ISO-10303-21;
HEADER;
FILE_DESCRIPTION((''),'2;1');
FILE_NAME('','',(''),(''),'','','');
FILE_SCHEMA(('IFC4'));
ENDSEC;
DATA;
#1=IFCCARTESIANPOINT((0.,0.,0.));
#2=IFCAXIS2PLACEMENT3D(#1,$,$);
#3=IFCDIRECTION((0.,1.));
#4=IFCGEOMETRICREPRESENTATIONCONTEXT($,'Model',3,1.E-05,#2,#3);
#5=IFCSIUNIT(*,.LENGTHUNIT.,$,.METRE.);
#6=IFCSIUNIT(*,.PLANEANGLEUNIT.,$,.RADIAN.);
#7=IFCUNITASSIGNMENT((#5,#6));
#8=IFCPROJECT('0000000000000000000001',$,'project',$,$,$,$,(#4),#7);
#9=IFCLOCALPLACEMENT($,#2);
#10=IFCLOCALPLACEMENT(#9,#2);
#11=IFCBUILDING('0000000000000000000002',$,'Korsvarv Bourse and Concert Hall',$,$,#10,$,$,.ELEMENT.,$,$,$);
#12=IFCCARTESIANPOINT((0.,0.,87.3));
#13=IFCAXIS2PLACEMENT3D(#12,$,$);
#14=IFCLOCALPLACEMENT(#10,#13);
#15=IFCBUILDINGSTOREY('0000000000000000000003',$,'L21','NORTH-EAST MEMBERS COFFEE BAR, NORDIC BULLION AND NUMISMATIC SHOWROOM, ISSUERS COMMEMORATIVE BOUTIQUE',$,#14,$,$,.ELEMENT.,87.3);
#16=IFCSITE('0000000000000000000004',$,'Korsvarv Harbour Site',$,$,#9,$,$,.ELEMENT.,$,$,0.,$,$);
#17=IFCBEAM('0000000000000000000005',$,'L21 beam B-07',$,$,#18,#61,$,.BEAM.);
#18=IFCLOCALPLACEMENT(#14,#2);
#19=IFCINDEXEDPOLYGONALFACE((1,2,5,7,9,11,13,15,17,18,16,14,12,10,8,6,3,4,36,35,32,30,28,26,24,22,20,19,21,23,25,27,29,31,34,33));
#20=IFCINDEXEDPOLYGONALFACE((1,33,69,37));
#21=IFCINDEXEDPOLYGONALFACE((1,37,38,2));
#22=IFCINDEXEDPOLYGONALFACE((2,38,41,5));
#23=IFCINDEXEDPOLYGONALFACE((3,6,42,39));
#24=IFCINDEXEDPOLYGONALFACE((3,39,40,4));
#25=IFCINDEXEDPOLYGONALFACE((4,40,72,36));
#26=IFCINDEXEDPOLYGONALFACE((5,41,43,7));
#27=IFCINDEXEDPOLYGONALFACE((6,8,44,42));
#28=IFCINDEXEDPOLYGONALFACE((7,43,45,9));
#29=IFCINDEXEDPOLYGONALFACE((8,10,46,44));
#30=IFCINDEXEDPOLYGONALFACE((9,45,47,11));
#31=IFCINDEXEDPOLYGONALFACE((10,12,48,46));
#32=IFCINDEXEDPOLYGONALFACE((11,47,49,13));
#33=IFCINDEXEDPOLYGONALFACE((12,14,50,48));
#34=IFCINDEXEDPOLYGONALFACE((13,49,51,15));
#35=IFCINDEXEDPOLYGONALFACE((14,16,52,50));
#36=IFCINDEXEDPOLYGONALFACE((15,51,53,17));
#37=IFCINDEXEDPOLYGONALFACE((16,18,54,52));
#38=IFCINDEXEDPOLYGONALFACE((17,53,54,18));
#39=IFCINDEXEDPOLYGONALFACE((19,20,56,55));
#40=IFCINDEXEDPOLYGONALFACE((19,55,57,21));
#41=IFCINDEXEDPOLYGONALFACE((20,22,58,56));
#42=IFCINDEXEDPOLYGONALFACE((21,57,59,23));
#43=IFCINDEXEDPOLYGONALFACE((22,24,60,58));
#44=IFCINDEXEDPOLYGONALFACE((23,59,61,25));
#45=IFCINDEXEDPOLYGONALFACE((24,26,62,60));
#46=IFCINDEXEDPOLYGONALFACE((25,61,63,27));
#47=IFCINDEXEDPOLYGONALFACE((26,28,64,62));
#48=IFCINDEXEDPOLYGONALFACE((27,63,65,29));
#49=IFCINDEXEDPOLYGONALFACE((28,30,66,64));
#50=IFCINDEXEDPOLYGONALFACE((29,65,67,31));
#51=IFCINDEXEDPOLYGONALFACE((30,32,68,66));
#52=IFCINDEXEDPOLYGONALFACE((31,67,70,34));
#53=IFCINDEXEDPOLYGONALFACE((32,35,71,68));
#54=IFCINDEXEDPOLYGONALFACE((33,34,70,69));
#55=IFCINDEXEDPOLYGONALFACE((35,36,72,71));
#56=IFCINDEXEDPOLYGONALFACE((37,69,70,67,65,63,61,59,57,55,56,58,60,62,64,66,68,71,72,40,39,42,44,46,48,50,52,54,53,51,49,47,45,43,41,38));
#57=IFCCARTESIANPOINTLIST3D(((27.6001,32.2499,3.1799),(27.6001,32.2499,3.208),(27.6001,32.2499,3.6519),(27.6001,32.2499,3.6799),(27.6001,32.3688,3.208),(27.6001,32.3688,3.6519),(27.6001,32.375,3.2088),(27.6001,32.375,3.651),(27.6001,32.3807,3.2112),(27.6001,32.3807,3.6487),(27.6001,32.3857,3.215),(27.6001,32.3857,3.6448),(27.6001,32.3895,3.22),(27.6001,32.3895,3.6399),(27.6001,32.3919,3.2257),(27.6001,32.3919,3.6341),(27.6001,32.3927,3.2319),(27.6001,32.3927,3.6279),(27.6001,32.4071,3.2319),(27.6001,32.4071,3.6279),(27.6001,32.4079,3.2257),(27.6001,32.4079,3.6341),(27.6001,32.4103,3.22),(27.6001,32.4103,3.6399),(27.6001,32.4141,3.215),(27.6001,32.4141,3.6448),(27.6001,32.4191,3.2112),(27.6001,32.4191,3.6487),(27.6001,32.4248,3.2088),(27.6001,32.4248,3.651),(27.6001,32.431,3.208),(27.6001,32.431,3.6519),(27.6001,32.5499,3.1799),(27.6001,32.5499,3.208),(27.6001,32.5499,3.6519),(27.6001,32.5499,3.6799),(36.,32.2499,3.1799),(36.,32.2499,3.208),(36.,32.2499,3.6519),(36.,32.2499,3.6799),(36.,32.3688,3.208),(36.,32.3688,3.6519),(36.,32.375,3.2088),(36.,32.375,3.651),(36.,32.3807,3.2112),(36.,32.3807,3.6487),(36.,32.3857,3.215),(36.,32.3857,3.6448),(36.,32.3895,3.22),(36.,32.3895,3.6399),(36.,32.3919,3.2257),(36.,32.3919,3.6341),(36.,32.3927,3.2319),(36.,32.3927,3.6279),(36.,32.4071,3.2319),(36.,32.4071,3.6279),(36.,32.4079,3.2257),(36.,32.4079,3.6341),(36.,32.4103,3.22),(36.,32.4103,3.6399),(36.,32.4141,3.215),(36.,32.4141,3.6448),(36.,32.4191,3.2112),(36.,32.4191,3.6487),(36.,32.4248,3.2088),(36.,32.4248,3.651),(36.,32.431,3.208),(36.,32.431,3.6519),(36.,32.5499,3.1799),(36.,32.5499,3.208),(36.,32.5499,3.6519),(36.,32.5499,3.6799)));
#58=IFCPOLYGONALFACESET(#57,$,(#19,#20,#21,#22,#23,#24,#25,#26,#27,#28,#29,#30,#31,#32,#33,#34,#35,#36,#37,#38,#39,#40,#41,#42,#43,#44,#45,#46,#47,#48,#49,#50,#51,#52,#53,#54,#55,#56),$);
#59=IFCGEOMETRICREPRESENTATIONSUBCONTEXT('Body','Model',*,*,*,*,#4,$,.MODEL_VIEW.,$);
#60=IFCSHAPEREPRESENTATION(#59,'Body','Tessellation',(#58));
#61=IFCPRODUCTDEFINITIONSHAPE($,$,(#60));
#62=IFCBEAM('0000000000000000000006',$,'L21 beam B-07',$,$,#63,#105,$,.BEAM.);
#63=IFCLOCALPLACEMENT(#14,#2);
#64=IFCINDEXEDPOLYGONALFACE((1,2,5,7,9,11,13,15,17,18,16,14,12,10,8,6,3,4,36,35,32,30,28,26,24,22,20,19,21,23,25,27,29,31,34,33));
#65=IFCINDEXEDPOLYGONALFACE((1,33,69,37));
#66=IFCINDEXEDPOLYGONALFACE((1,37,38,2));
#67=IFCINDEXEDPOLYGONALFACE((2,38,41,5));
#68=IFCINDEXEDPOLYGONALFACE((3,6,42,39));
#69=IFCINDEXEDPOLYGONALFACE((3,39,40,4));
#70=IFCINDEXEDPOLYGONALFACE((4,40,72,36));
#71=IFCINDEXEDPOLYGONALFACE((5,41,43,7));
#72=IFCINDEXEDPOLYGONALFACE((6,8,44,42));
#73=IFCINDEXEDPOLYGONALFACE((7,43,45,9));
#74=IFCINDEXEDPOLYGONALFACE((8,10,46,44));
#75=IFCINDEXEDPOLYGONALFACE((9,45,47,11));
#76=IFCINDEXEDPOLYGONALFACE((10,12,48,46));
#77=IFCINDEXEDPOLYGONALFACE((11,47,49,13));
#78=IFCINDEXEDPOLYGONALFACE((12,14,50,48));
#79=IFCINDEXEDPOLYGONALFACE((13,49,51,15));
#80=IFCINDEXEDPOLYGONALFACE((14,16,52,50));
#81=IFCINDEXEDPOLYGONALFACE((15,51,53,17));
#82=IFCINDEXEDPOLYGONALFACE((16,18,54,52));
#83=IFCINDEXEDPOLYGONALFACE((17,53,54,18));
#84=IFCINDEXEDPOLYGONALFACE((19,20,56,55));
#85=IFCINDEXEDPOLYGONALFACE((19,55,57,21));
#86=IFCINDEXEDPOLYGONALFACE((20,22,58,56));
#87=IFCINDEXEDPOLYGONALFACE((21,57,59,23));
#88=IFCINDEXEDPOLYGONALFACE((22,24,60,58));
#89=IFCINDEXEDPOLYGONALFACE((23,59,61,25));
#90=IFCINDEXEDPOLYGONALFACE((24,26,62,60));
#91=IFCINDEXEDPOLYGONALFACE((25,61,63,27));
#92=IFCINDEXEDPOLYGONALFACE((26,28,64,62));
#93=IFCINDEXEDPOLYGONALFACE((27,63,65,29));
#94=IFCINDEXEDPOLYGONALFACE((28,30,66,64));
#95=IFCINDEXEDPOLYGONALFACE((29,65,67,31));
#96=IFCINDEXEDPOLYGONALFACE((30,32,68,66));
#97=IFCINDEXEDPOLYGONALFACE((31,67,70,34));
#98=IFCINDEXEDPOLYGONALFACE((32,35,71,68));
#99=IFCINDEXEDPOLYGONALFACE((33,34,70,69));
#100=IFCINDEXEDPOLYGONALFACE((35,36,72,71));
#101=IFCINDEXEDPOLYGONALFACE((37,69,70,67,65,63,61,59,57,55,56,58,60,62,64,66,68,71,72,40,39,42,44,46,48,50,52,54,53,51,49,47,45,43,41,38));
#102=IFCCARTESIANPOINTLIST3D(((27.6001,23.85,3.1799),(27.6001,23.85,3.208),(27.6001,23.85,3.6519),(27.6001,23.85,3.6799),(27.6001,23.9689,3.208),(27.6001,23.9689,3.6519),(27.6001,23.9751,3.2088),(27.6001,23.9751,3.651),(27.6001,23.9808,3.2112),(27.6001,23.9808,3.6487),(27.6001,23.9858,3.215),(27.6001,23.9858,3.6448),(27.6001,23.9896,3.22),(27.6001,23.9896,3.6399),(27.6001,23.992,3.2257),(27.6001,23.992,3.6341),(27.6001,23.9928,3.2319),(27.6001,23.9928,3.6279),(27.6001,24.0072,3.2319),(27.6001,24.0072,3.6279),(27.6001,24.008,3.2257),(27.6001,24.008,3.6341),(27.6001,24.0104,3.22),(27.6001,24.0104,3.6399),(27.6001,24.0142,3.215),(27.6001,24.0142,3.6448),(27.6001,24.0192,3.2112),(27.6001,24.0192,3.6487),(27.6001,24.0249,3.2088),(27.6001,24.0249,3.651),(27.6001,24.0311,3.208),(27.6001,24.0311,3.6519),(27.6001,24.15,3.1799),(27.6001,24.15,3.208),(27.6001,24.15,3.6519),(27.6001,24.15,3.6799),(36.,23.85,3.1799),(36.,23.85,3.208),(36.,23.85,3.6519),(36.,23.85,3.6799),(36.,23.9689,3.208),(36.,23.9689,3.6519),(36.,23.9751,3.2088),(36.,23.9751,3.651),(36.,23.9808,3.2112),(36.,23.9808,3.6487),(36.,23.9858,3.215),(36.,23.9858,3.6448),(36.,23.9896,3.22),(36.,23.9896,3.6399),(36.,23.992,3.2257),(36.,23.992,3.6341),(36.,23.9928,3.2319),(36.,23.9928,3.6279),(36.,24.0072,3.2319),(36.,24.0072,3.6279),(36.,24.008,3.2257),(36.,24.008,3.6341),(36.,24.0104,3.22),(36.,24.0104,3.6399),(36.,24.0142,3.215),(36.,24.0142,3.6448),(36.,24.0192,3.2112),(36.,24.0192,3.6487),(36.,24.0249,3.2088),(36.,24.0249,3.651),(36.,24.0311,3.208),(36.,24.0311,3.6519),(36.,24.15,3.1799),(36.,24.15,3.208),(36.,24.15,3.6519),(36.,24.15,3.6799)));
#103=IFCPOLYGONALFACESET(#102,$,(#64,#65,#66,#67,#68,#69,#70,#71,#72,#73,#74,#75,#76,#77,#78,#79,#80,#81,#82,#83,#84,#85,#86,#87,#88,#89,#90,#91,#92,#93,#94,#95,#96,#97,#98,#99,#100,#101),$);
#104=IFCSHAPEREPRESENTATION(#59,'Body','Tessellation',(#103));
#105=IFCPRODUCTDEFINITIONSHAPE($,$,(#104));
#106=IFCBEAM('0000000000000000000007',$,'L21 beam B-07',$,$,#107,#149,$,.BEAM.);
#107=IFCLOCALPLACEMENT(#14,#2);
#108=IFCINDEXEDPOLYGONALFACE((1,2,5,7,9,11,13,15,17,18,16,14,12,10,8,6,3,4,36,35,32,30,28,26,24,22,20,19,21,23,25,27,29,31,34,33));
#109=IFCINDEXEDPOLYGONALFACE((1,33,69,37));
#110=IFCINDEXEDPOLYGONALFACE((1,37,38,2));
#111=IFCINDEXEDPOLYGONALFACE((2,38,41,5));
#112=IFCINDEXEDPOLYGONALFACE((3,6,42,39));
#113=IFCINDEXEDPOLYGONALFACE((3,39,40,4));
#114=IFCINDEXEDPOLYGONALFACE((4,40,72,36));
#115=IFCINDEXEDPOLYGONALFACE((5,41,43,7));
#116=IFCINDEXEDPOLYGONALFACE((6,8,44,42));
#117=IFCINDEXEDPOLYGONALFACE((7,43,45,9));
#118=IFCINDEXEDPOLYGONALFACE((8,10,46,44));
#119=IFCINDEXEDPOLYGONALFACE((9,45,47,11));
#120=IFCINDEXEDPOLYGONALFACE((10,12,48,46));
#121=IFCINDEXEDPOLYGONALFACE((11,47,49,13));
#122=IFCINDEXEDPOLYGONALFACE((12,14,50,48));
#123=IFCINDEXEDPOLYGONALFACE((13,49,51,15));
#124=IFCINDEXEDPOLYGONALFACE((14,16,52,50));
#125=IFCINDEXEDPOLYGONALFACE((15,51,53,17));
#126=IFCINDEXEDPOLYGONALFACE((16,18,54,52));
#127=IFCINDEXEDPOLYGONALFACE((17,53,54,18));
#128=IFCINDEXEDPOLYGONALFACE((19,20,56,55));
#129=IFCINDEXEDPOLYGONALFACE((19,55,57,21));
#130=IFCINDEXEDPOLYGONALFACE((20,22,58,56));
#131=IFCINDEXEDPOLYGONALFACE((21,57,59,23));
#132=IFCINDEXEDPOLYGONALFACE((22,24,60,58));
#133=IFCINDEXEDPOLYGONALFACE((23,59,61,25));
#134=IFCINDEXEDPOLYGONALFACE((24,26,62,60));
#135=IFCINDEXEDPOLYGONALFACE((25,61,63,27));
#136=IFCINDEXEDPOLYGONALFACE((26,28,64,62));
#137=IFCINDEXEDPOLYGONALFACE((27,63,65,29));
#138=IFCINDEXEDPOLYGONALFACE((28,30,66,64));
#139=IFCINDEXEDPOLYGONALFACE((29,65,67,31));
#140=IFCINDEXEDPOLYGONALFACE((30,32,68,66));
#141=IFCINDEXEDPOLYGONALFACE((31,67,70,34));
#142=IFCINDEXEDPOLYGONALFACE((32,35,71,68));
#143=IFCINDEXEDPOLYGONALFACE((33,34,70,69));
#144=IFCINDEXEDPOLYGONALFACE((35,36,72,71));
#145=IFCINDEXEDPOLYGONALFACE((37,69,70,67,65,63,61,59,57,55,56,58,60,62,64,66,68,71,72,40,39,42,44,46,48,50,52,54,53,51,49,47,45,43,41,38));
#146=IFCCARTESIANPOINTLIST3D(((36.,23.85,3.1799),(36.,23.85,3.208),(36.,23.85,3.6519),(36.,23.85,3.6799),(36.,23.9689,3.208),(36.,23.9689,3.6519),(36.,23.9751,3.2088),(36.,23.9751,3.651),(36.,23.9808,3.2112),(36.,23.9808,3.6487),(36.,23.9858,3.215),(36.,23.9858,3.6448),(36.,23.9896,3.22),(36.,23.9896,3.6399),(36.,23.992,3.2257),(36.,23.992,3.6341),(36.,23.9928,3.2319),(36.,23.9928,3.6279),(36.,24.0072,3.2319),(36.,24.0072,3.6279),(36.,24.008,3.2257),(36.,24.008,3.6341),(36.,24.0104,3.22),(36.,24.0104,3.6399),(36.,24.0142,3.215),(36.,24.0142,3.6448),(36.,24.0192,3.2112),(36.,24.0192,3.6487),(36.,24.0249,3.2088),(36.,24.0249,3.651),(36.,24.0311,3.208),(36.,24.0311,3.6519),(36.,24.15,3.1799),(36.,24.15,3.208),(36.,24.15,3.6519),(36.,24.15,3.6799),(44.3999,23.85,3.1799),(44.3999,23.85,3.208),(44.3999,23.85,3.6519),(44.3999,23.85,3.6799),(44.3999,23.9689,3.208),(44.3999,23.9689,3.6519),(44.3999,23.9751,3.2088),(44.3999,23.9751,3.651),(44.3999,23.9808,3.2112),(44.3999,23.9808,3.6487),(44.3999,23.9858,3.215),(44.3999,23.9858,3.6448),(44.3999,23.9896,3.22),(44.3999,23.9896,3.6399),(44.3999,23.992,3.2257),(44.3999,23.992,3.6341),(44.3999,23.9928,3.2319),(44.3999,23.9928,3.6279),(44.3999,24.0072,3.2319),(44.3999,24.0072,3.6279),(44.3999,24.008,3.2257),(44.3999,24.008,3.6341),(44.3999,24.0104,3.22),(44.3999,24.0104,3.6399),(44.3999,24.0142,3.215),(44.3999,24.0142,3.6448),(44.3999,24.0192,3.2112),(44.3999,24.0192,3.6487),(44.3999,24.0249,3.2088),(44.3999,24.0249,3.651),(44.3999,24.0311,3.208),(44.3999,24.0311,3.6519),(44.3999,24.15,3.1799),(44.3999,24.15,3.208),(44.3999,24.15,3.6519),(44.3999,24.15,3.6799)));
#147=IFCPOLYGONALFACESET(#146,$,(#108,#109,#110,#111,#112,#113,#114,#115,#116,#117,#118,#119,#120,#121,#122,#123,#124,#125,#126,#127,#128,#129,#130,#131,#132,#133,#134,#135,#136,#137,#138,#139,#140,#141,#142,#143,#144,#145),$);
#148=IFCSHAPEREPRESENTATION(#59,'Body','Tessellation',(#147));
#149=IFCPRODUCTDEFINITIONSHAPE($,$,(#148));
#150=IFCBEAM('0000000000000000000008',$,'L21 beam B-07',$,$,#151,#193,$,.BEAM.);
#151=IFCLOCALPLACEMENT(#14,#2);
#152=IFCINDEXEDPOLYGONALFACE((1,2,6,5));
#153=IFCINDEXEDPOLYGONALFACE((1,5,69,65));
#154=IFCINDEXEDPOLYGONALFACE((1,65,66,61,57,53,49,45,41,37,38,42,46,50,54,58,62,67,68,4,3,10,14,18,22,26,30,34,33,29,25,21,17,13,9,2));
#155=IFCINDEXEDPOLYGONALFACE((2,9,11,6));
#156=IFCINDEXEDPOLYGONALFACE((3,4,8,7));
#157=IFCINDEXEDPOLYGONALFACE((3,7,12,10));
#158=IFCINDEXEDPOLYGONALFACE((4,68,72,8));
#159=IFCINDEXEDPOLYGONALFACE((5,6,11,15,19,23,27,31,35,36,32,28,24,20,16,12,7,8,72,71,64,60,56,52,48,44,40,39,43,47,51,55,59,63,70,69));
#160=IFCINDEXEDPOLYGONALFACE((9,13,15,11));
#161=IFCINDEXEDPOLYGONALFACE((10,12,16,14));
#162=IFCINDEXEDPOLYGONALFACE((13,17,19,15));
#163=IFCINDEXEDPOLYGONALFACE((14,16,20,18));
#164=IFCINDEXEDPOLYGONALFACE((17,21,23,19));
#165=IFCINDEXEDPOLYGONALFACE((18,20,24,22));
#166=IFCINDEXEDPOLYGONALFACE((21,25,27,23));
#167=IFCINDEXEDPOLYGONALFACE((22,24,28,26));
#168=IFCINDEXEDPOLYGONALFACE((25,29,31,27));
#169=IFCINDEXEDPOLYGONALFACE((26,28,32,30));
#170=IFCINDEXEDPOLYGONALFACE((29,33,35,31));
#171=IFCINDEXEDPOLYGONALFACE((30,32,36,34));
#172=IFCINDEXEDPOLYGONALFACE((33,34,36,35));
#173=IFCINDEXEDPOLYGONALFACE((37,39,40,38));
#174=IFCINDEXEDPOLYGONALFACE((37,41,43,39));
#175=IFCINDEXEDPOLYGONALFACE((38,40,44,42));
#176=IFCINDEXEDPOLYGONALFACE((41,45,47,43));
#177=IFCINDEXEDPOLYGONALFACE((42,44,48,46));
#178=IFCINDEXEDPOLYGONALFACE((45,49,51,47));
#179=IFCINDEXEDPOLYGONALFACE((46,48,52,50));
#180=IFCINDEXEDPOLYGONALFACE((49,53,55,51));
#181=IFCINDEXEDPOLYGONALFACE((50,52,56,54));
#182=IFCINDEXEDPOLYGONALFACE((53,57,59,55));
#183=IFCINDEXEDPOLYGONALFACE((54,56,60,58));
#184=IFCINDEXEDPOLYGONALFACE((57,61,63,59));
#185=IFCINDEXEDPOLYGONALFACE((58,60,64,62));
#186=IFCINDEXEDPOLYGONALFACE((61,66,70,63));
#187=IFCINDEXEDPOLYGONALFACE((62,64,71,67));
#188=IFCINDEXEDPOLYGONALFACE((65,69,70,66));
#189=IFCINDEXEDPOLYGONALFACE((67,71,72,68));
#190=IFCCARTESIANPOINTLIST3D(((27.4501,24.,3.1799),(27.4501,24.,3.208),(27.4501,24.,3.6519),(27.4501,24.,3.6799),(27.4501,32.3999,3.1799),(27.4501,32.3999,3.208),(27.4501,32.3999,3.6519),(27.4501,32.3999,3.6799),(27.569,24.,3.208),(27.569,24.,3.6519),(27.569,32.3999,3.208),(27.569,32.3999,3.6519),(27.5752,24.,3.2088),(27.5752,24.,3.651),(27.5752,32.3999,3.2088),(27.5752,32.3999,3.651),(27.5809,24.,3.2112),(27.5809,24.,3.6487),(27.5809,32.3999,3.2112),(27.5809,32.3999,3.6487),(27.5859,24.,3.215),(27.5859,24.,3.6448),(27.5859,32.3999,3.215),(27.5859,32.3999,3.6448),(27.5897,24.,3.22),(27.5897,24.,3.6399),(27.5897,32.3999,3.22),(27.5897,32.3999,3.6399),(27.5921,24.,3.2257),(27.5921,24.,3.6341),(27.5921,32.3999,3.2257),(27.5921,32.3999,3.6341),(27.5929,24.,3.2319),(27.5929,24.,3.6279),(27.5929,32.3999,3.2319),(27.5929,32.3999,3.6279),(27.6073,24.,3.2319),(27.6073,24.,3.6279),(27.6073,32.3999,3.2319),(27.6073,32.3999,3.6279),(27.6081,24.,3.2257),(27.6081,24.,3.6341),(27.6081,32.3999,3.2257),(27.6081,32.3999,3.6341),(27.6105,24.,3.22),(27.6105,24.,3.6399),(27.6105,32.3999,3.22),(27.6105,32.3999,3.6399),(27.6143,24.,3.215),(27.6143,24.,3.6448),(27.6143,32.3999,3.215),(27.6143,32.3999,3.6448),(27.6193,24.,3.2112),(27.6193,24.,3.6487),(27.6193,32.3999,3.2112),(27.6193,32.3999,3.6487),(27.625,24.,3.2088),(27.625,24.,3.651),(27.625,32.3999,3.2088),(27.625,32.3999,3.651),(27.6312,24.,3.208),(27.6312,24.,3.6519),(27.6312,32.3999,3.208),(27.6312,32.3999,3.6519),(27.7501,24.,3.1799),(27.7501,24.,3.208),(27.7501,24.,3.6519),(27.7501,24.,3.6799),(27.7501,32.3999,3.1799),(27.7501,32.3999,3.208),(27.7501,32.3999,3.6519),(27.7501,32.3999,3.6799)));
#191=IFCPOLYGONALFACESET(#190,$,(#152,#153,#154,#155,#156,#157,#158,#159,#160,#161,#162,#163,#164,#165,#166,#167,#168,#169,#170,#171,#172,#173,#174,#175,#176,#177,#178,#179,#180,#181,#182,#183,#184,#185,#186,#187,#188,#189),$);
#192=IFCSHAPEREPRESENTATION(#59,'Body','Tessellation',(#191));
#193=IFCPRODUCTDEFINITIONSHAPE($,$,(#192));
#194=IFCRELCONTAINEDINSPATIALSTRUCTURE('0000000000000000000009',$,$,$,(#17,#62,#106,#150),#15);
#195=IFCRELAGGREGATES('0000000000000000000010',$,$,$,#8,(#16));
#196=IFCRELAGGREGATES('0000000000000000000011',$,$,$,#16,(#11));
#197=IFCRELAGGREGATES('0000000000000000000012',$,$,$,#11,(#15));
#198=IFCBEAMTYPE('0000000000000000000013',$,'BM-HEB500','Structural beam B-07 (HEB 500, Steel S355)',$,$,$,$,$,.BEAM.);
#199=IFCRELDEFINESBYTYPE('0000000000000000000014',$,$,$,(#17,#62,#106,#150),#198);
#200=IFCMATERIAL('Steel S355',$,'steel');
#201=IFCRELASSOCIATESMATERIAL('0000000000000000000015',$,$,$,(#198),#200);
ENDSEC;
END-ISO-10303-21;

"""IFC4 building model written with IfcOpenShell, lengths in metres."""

from ifc_helpers import new_model, si_unit, direction, frame, origin, origin_2d, place, context, subcontext, project, spatial, i_section, extrude, source, transform, mapped, material, material_profile, profile_set, type_object, element, save


model = new_model("IFC4")

# Units and contexts
model_context = context("Model", 3, precision=1e-05, world=origin(), true_north=direction((0.0, 1.0)))
body_context = subcontext(model_context, "Body", "Model", "MODEL_VIEW")
ifc_project = project(units=[si_unit("LENGTHUNIT", "METRE"), si_unit("PLANEANGLEUNIT", "RADIAN")], contexts=[model_context])

# Site, building, storey
site_placement = place(None, origin())
site = spatial("IfcSite", under=ifc_project, at=site_placement, Name="Korsvarv Harbour Site", CompositionType="ELEMENT", RefElevation=0.0)
building_placement = place(site_placement, origin())
building = spatial("IfcBuilding", under=site, at=building_placement, Name="Korsvarv Bourse and Concert Hall", CompositionType="ELEMENT")
storey_placement = place(building_placement, frame((0.0, 0.0, 87.3)))
storey = spatial("IfcBuildingStorey", under=building, at=storey_placement, Name="L21", Description="NORTH-EAST MEMBERS COFFEE BAR, NORDIC BULLION AND NUMISMATIC SHOWROOM, ISSUERS COMMEMORATIVE BOUTIQUE", CompositionType="ELEMENT", Elevation=87.3)

# Beams
ifc_material_1 = material(Name="Steel S355", Category="steel")
ifc_material_profile_1 = material_profile(ifc_material_1, i_section(OverallWidth=0.3, OverallDepth=0.5, WebThickness=0.0144, FlangeThickness=0.0281, FilletRadius=0.0239, at=origin_2d()), Name="HEB 500")
ifc_profile_set_1 = profile_set([ifc_material_profile_1], Name="Steel S355")
beam_type_1 = type_object("IfcBeamType", Name="BM-HEB500", Description="Structural beam B-07 (HEB 500, Steel S355)", PredefinedType="BEAM", material=ifc_profile_set_1)
shared_shape_1 = source(origin(), body_context, "Body", "SweptSolid", [
    extrude(i_section(OverallWidth=0.3, OverallDepth=0.5, WebThickness=0.0144, FlangeThickness=0.0281, FilletRadius=0.0239, at=origin_2d()), origin(), (0.0, 0.0, 1.0), 8.3999),
])
for number, where, z_axis, x_axis, name in (
    (1, (27.6001, 32.3999, 3.4299), (1.0, 0.0, 0.0), (0.0, 1.0, 0.0), "L21 beam B-07"),
    (2, (27.6001, 24.0, 3.4299), (1.0, 0.0, 0.0), (0.0, 1.0, 0.0), "L21 beam B-07"),
    (3, (36.0, 24.0, 3.4299), (1.0, 0.0, 0.0), (0.0, 1.0, 0.0), "L21 beam B-07"),
    (4, (27.6001, 24.0, 3.4299), (0.0, 1.0, 0.0), (-1.0, 0.0, 0.0), "L21 beam B-07"),
):
    element("IfcBeam", number, at=place(storey_placement, frame(where, z_axis=z_axis, x_axis=x_axis)), inside=storey, type_object=beam_type_1, Name=name, PredefinedType="BEAM", context=body_context, shape_type="MappedRepresentation", body=[
        mapped(shared_shape_1, transform((0.0, 0.0, 0.0), scale=1.0)),
    ])

save(model, "model.ifc")
